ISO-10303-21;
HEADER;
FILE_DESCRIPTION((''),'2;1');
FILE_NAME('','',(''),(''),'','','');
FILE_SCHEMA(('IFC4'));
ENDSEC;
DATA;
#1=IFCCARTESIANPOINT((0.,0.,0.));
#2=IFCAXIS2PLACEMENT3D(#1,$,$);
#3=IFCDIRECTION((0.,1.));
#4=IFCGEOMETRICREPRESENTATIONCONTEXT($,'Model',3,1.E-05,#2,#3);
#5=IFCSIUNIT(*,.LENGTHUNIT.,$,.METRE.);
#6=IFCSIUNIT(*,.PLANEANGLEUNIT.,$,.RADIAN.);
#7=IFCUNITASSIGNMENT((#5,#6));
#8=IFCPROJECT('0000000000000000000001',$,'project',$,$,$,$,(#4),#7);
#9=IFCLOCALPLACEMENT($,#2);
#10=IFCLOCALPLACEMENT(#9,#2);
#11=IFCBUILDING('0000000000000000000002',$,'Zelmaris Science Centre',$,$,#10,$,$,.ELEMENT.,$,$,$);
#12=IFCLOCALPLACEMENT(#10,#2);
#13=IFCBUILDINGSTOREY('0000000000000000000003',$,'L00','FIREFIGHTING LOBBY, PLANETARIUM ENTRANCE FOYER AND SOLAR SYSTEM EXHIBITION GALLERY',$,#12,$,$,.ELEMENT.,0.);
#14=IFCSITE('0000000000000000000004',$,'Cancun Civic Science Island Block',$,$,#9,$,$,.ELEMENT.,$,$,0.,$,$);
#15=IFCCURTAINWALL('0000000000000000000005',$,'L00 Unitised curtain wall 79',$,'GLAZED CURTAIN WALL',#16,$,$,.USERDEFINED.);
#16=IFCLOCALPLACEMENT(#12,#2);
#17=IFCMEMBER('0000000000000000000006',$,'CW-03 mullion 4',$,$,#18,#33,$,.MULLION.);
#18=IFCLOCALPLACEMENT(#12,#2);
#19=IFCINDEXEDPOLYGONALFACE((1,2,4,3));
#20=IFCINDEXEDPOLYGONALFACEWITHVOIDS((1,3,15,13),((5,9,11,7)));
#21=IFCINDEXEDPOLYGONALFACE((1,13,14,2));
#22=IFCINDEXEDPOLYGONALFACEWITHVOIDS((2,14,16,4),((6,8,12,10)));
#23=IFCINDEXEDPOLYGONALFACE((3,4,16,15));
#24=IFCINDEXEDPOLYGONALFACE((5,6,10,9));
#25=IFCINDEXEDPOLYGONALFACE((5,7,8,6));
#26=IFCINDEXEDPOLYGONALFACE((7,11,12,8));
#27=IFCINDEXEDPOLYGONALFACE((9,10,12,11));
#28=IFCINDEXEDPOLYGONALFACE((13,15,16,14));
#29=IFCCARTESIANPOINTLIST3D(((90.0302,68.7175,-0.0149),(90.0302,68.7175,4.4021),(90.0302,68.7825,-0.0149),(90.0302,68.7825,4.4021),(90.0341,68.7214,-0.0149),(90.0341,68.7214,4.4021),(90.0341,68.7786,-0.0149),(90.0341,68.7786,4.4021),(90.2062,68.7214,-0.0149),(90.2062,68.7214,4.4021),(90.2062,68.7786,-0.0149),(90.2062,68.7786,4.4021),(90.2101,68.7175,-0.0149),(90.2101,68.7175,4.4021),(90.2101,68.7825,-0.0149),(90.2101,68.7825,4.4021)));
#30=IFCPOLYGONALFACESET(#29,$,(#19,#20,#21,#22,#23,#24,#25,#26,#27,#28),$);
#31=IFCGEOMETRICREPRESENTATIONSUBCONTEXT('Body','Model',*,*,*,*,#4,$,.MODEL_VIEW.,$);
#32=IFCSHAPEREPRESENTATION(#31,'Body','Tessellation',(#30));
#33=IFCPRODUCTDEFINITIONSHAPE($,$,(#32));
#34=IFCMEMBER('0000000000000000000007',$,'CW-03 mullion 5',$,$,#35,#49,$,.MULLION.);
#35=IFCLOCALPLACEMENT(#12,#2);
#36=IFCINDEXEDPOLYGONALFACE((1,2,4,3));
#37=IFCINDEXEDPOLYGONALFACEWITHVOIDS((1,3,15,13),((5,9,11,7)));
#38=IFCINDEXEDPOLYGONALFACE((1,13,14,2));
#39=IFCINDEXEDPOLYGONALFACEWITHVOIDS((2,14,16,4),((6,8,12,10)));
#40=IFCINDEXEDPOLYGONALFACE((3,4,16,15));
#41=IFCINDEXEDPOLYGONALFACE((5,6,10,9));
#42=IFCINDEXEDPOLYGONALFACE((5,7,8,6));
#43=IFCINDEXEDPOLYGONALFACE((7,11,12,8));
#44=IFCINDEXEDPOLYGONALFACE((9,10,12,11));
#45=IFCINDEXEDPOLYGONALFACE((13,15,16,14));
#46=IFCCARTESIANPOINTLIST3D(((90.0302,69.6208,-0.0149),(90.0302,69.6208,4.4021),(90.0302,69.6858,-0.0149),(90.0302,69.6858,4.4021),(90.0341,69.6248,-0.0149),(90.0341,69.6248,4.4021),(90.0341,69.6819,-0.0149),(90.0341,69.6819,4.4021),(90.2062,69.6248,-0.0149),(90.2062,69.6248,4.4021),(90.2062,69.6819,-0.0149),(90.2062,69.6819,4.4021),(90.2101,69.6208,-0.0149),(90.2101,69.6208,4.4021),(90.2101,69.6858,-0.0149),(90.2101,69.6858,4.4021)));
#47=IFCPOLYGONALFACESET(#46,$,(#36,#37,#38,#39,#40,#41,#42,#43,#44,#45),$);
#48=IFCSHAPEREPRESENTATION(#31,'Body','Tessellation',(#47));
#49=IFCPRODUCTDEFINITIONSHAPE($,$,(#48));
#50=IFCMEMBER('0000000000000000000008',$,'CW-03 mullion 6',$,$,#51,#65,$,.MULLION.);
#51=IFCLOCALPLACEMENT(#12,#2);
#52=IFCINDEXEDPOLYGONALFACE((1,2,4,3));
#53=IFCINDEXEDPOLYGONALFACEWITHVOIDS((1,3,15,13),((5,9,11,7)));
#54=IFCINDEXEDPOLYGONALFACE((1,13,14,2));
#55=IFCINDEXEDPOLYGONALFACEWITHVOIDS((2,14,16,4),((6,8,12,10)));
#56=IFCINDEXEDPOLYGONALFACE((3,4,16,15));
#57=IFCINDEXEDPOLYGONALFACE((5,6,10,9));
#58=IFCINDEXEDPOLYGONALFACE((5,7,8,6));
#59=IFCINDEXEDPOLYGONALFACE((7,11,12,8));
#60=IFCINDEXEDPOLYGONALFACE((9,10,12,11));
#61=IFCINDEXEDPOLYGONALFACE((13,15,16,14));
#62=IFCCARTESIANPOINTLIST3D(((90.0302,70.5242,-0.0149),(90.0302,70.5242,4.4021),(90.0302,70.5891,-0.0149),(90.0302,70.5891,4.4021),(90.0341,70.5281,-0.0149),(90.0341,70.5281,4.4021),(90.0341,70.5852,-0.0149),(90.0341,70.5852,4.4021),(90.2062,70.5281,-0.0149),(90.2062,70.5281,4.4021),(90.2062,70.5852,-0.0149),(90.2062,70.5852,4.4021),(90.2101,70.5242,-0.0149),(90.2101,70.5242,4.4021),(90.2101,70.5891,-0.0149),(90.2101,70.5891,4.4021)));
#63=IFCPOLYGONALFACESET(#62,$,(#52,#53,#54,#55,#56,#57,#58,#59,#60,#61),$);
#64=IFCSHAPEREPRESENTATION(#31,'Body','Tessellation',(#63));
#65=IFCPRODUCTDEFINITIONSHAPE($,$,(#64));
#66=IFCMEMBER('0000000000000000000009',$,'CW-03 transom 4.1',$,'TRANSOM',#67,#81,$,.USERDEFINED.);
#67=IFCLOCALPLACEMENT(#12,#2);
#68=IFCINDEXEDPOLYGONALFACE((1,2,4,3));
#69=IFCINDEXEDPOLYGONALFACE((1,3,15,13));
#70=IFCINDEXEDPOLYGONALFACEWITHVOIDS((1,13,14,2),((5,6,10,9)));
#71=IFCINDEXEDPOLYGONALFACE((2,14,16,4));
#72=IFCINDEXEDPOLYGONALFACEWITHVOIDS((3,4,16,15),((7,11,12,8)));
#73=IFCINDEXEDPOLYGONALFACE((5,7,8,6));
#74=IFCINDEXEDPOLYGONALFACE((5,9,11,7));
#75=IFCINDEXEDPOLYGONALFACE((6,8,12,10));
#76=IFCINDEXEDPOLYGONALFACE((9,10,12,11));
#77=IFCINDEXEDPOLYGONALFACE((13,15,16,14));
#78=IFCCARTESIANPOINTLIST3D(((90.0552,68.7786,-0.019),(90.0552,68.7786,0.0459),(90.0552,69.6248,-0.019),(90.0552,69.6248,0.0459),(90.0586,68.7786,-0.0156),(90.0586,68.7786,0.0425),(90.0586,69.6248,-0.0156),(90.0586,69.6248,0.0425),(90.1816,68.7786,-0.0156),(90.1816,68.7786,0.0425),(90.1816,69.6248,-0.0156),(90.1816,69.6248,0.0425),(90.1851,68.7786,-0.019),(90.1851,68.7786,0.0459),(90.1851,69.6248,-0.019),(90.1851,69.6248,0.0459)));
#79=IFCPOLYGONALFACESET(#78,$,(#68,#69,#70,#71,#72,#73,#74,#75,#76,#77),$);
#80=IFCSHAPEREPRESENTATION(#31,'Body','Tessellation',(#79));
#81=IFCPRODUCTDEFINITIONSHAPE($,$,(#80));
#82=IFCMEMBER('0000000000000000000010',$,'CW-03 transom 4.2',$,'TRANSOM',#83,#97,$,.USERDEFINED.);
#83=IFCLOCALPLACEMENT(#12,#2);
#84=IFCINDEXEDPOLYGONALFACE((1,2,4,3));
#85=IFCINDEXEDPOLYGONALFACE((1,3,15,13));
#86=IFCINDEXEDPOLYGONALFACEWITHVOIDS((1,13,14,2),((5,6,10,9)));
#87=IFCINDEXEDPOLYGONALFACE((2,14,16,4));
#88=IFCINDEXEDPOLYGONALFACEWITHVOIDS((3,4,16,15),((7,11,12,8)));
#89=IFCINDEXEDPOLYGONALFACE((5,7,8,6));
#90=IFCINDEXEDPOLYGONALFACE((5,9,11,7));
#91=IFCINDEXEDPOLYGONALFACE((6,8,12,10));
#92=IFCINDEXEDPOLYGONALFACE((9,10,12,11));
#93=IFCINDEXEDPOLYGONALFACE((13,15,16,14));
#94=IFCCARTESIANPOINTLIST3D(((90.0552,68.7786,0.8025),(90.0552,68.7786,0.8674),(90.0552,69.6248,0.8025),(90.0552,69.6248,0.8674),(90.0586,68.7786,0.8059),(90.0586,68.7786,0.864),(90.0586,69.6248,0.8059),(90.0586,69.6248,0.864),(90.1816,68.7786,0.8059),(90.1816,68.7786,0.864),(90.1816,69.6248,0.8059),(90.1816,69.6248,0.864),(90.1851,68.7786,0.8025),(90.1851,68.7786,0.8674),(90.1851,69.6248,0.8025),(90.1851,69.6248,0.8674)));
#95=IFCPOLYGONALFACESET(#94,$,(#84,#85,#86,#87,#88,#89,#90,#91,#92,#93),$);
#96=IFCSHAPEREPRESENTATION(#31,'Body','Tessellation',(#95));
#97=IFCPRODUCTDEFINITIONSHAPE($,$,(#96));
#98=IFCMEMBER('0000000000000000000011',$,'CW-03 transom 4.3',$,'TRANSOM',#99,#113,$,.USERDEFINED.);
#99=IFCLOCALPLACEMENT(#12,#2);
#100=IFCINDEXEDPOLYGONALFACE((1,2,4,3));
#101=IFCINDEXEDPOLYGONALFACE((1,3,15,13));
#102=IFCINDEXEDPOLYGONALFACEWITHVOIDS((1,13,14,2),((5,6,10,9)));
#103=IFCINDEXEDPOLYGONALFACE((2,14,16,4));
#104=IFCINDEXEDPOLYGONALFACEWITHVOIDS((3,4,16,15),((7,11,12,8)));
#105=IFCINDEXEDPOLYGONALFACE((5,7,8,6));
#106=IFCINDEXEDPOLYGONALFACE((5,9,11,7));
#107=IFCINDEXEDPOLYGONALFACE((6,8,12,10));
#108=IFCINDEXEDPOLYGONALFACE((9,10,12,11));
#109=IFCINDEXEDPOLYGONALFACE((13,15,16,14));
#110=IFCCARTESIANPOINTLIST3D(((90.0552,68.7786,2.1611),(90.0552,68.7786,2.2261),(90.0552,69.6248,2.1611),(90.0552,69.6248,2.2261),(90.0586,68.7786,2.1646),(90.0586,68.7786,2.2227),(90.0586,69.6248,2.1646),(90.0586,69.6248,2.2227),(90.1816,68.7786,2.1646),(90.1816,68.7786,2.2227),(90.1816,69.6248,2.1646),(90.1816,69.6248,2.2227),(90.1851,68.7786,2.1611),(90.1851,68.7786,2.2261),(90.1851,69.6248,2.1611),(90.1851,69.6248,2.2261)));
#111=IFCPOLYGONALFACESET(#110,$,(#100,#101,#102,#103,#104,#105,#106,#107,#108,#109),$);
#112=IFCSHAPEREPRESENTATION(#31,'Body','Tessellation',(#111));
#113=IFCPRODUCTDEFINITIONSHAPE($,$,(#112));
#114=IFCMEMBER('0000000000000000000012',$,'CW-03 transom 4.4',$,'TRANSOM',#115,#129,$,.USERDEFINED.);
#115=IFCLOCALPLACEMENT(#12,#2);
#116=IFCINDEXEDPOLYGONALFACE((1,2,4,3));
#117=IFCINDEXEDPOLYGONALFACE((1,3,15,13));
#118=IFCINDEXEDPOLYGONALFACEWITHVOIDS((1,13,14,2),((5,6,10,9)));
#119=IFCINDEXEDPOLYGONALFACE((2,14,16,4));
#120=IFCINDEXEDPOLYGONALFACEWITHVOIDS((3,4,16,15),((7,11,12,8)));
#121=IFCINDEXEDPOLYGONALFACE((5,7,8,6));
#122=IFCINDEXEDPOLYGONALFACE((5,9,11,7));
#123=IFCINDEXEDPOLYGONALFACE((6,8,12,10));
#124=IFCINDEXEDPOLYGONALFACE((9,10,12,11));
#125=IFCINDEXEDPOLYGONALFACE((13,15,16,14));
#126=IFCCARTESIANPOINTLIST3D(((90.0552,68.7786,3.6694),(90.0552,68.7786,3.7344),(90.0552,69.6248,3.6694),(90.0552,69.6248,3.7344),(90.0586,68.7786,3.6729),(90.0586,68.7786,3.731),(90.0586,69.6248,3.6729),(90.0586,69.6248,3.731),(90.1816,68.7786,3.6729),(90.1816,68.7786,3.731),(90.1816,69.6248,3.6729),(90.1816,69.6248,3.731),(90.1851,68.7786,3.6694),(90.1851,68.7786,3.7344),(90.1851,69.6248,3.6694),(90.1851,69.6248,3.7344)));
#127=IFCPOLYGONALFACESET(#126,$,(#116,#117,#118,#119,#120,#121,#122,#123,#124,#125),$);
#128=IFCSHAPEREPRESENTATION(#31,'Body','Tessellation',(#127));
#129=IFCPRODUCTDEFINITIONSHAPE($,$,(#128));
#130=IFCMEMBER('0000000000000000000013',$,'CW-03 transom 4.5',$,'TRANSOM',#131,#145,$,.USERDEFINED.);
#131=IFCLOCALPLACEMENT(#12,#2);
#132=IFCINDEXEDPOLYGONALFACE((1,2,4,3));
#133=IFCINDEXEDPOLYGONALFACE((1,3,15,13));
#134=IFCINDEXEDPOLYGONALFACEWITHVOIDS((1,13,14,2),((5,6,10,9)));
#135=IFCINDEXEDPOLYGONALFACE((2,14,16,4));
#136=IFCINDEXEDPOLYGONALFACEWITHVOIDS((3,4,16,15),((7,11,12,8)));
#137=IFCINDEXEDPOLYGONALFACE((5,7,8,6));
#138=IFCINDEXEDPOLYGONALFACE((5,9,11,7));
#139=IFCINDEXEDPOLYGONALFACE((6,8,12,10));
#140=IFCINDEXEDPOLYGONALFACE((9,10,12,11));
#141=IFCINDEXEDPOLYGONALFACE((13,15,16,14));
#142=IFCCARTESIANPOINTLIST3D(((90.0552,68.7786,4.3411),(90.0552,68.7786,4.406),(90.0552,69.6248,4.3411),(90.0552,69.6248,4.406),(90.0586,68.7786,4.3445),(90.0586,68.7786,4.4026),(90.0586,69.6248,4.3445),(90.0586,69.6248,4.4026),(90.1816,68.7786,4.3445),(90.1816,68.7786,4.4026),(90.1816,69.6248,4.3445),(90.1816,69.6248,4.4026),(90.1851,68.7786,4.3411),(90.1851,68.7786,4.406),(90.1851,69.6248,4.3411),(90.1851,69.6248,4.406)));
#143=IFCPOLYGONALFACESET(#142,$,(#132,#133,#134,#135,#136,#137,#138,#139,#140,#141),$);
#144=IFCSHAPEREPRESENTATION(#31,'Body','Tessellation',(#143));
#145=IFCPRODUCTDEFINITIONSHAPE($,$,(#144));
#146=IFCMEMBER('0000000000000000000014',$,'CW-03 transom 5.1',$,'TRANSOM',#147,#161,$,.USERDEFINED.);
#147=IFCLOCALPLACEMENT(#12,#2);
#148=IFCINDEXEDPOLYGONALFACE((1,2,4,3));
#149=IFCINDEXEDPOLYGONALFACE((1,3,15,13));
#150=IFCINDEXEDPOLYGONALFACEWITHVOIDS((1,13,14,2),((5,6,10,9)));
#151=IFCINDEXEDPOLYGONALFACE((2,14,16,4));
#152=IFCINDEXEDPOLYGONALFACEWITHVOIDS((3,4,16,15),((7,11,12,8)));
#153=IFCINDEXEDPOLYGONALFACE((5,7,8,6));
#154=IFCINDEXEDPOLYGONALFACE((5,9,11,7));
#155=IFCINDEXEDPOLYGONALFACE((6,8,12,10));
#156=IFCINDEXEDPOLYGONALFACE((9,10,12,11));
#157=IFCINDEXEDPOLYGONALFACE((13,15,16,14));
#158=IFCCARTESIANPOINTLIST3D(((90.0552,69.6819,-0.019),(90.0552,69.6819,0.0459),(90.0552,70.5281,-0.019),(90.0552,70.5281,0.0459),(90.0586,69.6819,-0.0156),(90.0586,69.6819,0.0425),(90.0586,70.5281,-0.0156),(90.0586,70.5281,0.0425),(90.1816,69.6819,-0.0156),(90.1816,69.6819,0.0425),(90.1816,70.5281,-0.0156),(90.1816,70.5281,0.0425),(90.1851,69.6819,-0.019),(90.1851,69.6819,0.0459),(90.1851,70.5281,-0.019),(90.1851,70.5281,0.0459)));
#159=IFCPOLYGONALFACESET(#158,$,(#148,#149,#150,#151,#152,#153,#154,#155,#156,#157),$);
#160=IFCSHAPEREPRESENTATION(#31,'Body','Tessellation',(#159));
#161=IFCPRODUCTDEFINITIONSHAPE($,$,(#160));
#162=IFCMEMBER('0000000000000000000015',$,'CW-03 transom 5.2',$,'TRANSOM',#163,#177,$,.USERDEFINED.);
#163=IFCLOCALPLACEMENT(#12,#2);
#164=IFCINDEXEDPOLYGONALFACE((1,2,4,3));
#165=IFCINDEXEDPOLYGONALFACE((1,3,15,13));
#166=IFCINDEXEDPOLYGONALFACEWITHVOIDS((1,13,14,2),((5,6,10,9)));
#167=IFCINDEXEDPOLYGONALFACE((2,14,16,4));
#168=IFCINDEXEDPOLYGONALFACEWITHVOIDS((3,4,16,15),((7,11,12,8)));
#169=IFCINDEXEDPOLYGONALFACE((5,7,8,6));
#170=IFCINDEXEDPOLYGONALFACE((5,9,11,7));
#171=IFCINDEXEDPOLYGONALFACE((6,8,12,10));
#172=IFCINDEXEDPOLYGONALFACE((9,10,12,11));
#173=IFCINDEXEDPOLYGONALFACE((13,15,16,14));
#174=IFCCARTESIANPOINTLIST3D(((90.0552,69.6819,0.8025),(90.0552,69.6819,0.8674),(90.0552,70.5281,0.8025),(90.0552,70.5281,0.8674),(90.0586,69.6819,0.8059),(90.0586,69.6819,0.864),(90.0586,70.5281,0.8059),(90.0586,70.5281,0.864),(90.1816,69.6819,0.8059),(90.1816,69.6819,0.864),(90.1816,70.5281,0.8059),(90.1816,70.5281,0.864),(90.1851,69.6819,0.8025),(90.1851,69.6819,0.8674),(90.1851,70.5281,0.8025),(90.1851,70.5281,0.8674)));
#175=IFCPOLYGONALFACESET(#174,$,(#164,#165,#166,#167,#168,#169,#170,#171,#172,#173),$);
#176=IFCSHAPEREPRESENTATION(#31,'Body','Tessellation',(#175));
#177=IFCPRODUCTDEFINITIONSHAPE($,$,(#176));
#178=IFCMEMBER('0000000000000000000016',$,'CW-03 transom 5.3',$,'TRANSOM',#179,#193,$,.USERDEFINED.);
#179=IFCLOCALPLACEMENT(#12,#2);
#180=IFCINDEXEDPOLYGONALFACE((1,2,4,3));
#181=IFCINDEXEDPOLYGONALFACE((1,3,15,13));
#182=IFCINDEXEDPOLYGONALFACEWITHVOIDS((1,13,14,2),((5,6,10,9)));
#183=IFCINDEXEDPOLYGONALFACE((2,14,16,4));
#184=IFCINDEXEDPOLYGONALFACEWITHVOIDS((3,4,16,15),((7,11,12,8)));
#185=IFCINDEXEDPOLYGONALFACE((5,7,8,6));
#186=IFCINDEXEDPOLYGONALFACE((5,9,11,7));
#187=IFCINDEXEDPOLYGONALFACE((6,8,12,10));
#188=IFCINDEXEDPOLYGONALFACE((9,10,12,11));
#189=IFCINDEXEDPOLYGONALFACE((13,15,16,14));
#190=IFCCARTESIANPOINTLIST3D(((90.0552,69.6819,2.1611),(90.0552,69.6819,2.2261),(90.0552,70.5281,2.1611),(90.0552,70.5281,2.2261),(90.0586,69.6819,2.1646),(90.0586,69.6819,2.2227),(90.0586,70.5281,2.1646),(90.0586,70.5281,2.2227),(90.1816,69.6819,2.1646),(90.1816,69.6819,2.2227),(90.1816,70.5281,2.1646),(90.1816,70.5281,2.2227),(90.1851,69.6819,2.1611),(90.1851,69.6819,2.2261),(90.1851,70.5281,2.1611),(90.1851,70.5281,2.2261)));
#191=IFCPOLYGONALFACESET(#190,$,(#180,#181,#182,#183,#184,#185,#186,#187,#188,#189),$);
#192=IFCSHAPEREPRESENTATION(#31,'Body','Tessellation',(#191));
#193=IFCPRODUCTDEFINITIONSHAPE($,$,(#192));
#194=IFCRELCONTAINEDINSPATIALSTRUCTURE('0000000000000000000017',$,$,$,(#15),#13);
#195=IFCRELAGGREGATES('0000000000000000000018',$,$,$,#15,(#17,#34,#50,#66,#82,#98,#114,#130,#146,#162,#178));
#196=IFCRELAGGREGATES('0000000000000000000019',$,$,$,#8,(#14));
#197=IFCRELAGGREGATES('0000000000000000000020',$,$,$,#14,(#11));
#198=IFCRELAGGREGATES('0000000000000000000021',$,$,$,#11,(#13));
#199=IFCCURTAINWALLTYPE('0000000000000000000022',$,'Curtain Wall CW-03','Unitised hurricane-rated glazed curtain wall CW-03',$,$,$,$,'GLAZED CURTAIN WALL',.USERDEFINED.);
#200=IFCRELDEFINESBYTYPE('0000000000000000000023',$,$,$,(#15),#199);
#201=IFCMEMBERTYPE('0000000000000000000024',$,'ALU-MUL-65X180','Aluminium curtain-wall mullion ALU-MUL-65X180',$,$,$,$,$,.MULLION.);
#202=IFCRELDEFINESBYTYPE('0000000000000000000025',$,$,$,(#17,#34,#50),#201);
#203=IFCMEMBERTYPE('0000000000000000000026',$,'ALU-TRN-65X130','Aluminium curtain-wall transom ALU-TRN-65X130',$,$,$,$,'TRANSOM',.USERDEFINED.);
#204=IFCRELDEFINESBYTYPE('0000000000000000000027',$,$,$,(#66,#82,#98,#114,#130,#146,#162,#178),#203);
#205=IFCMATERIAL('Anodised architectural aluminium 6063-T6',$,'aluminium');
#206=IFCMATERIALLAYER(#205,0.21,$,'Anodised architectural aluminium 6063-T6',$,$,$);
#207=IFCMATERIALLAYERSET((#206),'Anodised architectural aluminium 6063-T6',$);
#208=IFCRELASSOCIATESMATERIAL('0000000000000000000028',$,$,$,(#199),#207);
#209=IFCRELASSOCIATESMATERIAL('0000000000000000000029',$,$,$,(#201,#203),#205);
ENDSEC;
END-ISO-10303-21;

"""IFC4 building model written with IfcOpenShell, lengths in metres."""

from ifc_helpers import new_model, si_unit, direction, frame, origin, origin_2d, place, context, subcontext, project, spatial, hollow_rectangle, extrude, material, layer, layer_set, material_profile, profile_set, type_object, element, aggregate, save


model = new_model("IFC4")

# Units and contexts
model_context = context("Model", 3, precision=1e-05, world=origin(), true_north=direction((0.0, 1.0)))
body_context = subcontext(model_context, "Body", "Model", "MODEL_VIEW")
ifc_project = project(units=[si_unit("LENGTHUNIT", "METRE"), si_unit("PLANEANGLEUNIT", "RADIAN")], contexts=[model_context])

# Site, building, storey
site_placement = place(None, origin())
site = spatial("IfcSite", under=ifc_project, at=site_placement, Name="Cancun Civic Science Island Block", CompositionType="ELEMENT", RefElevation=0.0)
building_placement = place(site_placement, origin())
building = spatial("IfcBuilding", under=site, at=building_placement, Name="Zelmaris Science Centre", CompositionType="ELEMENT")
storey_placement = place(building_placement, origin())
storey = spatial("IfcBuildingStorey", under=building, at=storey_placement, Name="L00", Description="FIREFIGHTING LOBBY, PLANETARIUM ENTRANCE FOYER AND SOLAR SYSTEM EXHIBITION GALLERY", CompositionType="ELEMENT", Elevation=0.0)

# Curtain wall, members
ifc_material_1 = material(Name="Anodised architectural aluminium 6063-T6", Category="aluminium")
ifc_layer_1 = layer(ifc_material_1, 0.21, Name="Anodised architectural aluminium 6063-T6")
ifc_layer_set_1 = layer_set([ifc_layer_1], Name="Anodised architectural aluminium 6063-T6")
curtain_wall_type = type_object("IfcCurtainWallType", Name="Curtain Wall CW-03", Description="Unitised hurricane-rated glazed curtain wall CW-03", ElementType="GLAZED CURTAIN WALL", PredefinedType="USERDEFINED", material=ifc_layer_set_1)
curtain_wall_placement = place(storey_placement, origin())
curtain_wall = element("IfcCurtainWall", 1, at=curtain_wall_placement, inside=storey, type_object=curtain_wall_type, Name="L00 Unitised curtain wall 79", ObjectType="GLAZED CURTAIN WALL", PredefinedType="USERDEFINED")
ifc_material_profile_1 = material_profile(ifc_material_1, hollow_rectangle(XDim=0.0649, YDim=0.1799, WallThickness=0.0039, at=origin_2d()), Name="ALU-MUL-65X180")
ifc_profile_set_1 = profile_set([ifc_material_profile_1], Name="Anodised architectural aluminium 6063-T6")
member_type_1 = type_object("IfcMemberType", Name="ALU-MUL-65X180", Description="Aluminium curtain-wall mullion ALU-MUL-65X180", PredefinedType="MULLION", material=ifc_profile_set_1)
member_1_placement = place(storey_placement, frame((90.1201, 68.75, -0.0149), z_axis=(0.0, 0.0, 1.0), x_axis=(0.0, 1.0, 0.0)))
member_1 = element("IfcMember", 2, at=member_1_placement, type_object=member_type_1, Name="CW-03 mullion 4", PredefinedType="MULLION", context=body_context, shape_type="SweptSolid", body=[
    extrude(hollow_rectangle(XDim=0.0649, YDim=0.1799, WallThickness=0.0039, at=origin_2d()), origin(), (0.0, 0.0, 1.0), 4.417),
])
member_2_placement = place(storey_placement, frame((90.1201, 69.6533, -0.0149), z_axis=(0.0, 0.0, 1.0), x_axis=(0.0, 1.0, 0.0)))
member_2 = element("IfcMember", 3, at=member_2_placement, type_object=member_type_1, Name="CW-03 mullion 5", PredefinedType="MULLION", context=body_context, shape_type="SweptSolid", body=[
    extrude(hollow_rectangle(XDim=0.0649, YDim=0.1799, WallThickness=0.0039, at=origin_2d()), origin(), (0.0, 0.0, 1.0), 4.417),
])
member_3_placement = place(storey_placement, frame((90.1201, 70.5566, -0.0149), z_axis=(0.0, 0.0, 1.0), x_axis=(0.0, 1.0, 0.0)))
member_3 = element("IfcMember", 4, at=member_3_placement, type_object=member_type_1, Name="CW-03 mullion 6", PredefinedType="MULLION", context=body_context, shape_type="SweptSolid", body=[
    extrude(hollow_rectangle(XDim=0.0649, YDim=0.1799, WallThickness=0.0039, at=origin_2d()), origin(), (0.0, 0.0, 1.0), 4.417),
])
ifc_material_profile_2 = material_profile(ifc_material_1, hollow_rectangle(XDim=0.0649, YDim=0.1299, WallThickness=0.0034, at=origin_2d()), Name="ALU-TRN-65X130")
ifc_profile_set_2 = profile_set([ifc_material_profile_2], Name="Anodised architectural aluminium 6063-T6")
member_type_2 = type_object("IfcMemberType", Name="ALU-TRN-65X130", Description="Aluminium curtain-wall transom ALU-TRN-65X130", ElementType="TRANSOM", PredefinedType="USERDEFINED", material=ifc_profile_set_2)
member_4_placement = place(storey_placement, frame((90.1201, 68.7786, 0.0134), z_axis=(0.0, 1.0, 0.0), x_axis=(0.0, 0.0, 1.0)))
member_4 = element("IfcMember", 5, at=member_4_placement, type_object=member_type_2, Name="CW-03 transom 4.1", ObjectType="TRANSOM", PredefinedType="USERDEFINED", context=body_context, shape_type="SweptSolid", body=[
    extrude(hollow_rectangle(XDim=0.0649, YDim=0.1299, WallThickness=0.0034, at=origin_2d()), origin(), (0.0, 0.0, 1.0), 0.8462),
])
member_5_placement = place(storey_placement, frame((90.1201, 68.7786, 0.835), z_axis=(0.0, 1.0, 0.0), x_axis=(0.0, 0.0, 1.0)))
member_5 = element("IfcMember", 6, at=member_5_placement, type_object=member_type_2, Name="CW-03 transom 4.2", ObjectType="TRANSOM", PredefinedType="USERDEFINED", context=body_context, shape_type="SweptSolid", body=[
    extrude(hollow_rectangle(XDim=0.0649, YDim=0.1299, WallThickness=0.0034, at=origin_2d()), origin(), (0.0, 0.0, 1.0), 0.8462),
])
member_6_placement = place(storey_placement, frame((90.1201, 68.7786, 2.1936), z_axis=(0.0, 1.0, 0.0), x_axis=(0.0, 0.0, 1.0)))
member_6 = element("IfcMember", 7, at=member_6_placement, type_object=member_type_2, Name="CW-03 transom 4.3", ObjectType="TRANSOM", PredefinedType="USERDEFINED", context=body_context, shape_type="SweptSolid", body=[
    extrude(hollow_rectangle(XDim=0.0649, YDim=0.1299, WallThickness=0.0034, at=origin_2d()), origin(), (0.0, 0.0, 1.0), 0.8462),
])
member_7_placement = place(storey_placement, frame((90.1201, 68.7786, 3.7019), z_axis=(0.0, 1.0, 0.0), x_axis=(0.0, 0.0, 1.0)))
member_7 = element("IfcMember", 8, at=member_7_placement, type_object=member_type_2, Name="CW-03 transom 4.4", ObjectType="TRANSOM", PredefinedType="USERDEFINED", context=body_context, shape_type="SweptSolid", body=[
    extrude(hollow_rectangle(XDim=0.0649, YDim=0.1299, WallThickness=0.0034, at=origin_2d()), origin(), (0.0, 0.0, 1.0), 0.8462),
])
member_8_placement = place(storey_placement, frame((90.1201, 68.7786, 4.3735), z_axis=(0.0, 1.0, 0.0), x_axis=(0.0, 0.0, 1.0)))
member_8 = element("IfcMember", 9, at=member_8_placement, type_object=member_type_2, Name="CW-03 transom 4.5", ObjectType="TRANSOM", PredefinedType="USERDEFINED", context=body_context, shape_type="SweptSolid", body=[
    extrude(hollow_rectangle(XDim=0.0649, YDim=0.1299, WallThickness=0.0034, at=origin_2d()), origin(), (0.0, 0.0, 1.0), 0.8462),
])
member_9_placement = place(storey_placement, frame((90.1201, 69.6819, 0.0134), z_axis=(0.0, 1.0, 0.0), x_axis=(0.0, 0.0, 1.0)))
member_9 = element("IfcMember", 10, at=member_9_placement, type_object=member_type_2, Name="CW-03 transom 5.1", ObjectType="TRANSOM", PredefinedType="USERDEFINED", context=body_context, shape_type="SweptSolid", body=[
    extrude(hollow_rectangle(XDim=0.0649, YDim=0.1299, WallThickness=0.0034, at=origin_2d()), origin(), (0.0, 0.0, 1.0), 0.8462),
])
member_10_placement = place(storey_placement, frame((90.1201, 69.6819, 0.835), z_axis=(0.0, 1.0, 0.0), x_axis=(0.0, 0.0, 1.0)))
member_10 = element("IfcMember", 11, at=member_10_placement, type_object=member_type_2, Name="CW-03 transom 5.2", ObjectType="TRANSOM", PredefinedType="USERDEFINED", context=body_context, shape_type="SweptSolid", body=[
    extrude(hollow_rectangle(XDim=0.0649, YDim=0.1299, WallThickness=0.0034, at=origin_2d()), origin(), (0.0, 0.0, 1.0), 0.8462),
])
member_11_placement = place(storey_placement, frame((90.1201, 69.6819, 2.1936), z_axis=(0.0, 1.0, 0.0), x_axis=(0.0, 0.0, 1.0)))
member_11 = element("IfcMember", 12, at=member_11_placement, type_object=member_type_2, Name="CW-03 transom 5.3", ObjectType="TRANSOM", PredefinedType="USERDEFINED", context=body_context, shape_type="SweptSolid", body=[
    extrude(hollow_rectangle(XDim=0.0649, YDim=0.1299, WallThickness=0.0034, at=origin_2d()), origin(), (0.0, 0.0, 1.0), 0.8462),
])

aggregate(curtain_wall, [member_1, member_2, member_3, member_4, member_5, member_6, member_7, member_8, member_9, member_10, member_11])

save(model, "model.ifc")
